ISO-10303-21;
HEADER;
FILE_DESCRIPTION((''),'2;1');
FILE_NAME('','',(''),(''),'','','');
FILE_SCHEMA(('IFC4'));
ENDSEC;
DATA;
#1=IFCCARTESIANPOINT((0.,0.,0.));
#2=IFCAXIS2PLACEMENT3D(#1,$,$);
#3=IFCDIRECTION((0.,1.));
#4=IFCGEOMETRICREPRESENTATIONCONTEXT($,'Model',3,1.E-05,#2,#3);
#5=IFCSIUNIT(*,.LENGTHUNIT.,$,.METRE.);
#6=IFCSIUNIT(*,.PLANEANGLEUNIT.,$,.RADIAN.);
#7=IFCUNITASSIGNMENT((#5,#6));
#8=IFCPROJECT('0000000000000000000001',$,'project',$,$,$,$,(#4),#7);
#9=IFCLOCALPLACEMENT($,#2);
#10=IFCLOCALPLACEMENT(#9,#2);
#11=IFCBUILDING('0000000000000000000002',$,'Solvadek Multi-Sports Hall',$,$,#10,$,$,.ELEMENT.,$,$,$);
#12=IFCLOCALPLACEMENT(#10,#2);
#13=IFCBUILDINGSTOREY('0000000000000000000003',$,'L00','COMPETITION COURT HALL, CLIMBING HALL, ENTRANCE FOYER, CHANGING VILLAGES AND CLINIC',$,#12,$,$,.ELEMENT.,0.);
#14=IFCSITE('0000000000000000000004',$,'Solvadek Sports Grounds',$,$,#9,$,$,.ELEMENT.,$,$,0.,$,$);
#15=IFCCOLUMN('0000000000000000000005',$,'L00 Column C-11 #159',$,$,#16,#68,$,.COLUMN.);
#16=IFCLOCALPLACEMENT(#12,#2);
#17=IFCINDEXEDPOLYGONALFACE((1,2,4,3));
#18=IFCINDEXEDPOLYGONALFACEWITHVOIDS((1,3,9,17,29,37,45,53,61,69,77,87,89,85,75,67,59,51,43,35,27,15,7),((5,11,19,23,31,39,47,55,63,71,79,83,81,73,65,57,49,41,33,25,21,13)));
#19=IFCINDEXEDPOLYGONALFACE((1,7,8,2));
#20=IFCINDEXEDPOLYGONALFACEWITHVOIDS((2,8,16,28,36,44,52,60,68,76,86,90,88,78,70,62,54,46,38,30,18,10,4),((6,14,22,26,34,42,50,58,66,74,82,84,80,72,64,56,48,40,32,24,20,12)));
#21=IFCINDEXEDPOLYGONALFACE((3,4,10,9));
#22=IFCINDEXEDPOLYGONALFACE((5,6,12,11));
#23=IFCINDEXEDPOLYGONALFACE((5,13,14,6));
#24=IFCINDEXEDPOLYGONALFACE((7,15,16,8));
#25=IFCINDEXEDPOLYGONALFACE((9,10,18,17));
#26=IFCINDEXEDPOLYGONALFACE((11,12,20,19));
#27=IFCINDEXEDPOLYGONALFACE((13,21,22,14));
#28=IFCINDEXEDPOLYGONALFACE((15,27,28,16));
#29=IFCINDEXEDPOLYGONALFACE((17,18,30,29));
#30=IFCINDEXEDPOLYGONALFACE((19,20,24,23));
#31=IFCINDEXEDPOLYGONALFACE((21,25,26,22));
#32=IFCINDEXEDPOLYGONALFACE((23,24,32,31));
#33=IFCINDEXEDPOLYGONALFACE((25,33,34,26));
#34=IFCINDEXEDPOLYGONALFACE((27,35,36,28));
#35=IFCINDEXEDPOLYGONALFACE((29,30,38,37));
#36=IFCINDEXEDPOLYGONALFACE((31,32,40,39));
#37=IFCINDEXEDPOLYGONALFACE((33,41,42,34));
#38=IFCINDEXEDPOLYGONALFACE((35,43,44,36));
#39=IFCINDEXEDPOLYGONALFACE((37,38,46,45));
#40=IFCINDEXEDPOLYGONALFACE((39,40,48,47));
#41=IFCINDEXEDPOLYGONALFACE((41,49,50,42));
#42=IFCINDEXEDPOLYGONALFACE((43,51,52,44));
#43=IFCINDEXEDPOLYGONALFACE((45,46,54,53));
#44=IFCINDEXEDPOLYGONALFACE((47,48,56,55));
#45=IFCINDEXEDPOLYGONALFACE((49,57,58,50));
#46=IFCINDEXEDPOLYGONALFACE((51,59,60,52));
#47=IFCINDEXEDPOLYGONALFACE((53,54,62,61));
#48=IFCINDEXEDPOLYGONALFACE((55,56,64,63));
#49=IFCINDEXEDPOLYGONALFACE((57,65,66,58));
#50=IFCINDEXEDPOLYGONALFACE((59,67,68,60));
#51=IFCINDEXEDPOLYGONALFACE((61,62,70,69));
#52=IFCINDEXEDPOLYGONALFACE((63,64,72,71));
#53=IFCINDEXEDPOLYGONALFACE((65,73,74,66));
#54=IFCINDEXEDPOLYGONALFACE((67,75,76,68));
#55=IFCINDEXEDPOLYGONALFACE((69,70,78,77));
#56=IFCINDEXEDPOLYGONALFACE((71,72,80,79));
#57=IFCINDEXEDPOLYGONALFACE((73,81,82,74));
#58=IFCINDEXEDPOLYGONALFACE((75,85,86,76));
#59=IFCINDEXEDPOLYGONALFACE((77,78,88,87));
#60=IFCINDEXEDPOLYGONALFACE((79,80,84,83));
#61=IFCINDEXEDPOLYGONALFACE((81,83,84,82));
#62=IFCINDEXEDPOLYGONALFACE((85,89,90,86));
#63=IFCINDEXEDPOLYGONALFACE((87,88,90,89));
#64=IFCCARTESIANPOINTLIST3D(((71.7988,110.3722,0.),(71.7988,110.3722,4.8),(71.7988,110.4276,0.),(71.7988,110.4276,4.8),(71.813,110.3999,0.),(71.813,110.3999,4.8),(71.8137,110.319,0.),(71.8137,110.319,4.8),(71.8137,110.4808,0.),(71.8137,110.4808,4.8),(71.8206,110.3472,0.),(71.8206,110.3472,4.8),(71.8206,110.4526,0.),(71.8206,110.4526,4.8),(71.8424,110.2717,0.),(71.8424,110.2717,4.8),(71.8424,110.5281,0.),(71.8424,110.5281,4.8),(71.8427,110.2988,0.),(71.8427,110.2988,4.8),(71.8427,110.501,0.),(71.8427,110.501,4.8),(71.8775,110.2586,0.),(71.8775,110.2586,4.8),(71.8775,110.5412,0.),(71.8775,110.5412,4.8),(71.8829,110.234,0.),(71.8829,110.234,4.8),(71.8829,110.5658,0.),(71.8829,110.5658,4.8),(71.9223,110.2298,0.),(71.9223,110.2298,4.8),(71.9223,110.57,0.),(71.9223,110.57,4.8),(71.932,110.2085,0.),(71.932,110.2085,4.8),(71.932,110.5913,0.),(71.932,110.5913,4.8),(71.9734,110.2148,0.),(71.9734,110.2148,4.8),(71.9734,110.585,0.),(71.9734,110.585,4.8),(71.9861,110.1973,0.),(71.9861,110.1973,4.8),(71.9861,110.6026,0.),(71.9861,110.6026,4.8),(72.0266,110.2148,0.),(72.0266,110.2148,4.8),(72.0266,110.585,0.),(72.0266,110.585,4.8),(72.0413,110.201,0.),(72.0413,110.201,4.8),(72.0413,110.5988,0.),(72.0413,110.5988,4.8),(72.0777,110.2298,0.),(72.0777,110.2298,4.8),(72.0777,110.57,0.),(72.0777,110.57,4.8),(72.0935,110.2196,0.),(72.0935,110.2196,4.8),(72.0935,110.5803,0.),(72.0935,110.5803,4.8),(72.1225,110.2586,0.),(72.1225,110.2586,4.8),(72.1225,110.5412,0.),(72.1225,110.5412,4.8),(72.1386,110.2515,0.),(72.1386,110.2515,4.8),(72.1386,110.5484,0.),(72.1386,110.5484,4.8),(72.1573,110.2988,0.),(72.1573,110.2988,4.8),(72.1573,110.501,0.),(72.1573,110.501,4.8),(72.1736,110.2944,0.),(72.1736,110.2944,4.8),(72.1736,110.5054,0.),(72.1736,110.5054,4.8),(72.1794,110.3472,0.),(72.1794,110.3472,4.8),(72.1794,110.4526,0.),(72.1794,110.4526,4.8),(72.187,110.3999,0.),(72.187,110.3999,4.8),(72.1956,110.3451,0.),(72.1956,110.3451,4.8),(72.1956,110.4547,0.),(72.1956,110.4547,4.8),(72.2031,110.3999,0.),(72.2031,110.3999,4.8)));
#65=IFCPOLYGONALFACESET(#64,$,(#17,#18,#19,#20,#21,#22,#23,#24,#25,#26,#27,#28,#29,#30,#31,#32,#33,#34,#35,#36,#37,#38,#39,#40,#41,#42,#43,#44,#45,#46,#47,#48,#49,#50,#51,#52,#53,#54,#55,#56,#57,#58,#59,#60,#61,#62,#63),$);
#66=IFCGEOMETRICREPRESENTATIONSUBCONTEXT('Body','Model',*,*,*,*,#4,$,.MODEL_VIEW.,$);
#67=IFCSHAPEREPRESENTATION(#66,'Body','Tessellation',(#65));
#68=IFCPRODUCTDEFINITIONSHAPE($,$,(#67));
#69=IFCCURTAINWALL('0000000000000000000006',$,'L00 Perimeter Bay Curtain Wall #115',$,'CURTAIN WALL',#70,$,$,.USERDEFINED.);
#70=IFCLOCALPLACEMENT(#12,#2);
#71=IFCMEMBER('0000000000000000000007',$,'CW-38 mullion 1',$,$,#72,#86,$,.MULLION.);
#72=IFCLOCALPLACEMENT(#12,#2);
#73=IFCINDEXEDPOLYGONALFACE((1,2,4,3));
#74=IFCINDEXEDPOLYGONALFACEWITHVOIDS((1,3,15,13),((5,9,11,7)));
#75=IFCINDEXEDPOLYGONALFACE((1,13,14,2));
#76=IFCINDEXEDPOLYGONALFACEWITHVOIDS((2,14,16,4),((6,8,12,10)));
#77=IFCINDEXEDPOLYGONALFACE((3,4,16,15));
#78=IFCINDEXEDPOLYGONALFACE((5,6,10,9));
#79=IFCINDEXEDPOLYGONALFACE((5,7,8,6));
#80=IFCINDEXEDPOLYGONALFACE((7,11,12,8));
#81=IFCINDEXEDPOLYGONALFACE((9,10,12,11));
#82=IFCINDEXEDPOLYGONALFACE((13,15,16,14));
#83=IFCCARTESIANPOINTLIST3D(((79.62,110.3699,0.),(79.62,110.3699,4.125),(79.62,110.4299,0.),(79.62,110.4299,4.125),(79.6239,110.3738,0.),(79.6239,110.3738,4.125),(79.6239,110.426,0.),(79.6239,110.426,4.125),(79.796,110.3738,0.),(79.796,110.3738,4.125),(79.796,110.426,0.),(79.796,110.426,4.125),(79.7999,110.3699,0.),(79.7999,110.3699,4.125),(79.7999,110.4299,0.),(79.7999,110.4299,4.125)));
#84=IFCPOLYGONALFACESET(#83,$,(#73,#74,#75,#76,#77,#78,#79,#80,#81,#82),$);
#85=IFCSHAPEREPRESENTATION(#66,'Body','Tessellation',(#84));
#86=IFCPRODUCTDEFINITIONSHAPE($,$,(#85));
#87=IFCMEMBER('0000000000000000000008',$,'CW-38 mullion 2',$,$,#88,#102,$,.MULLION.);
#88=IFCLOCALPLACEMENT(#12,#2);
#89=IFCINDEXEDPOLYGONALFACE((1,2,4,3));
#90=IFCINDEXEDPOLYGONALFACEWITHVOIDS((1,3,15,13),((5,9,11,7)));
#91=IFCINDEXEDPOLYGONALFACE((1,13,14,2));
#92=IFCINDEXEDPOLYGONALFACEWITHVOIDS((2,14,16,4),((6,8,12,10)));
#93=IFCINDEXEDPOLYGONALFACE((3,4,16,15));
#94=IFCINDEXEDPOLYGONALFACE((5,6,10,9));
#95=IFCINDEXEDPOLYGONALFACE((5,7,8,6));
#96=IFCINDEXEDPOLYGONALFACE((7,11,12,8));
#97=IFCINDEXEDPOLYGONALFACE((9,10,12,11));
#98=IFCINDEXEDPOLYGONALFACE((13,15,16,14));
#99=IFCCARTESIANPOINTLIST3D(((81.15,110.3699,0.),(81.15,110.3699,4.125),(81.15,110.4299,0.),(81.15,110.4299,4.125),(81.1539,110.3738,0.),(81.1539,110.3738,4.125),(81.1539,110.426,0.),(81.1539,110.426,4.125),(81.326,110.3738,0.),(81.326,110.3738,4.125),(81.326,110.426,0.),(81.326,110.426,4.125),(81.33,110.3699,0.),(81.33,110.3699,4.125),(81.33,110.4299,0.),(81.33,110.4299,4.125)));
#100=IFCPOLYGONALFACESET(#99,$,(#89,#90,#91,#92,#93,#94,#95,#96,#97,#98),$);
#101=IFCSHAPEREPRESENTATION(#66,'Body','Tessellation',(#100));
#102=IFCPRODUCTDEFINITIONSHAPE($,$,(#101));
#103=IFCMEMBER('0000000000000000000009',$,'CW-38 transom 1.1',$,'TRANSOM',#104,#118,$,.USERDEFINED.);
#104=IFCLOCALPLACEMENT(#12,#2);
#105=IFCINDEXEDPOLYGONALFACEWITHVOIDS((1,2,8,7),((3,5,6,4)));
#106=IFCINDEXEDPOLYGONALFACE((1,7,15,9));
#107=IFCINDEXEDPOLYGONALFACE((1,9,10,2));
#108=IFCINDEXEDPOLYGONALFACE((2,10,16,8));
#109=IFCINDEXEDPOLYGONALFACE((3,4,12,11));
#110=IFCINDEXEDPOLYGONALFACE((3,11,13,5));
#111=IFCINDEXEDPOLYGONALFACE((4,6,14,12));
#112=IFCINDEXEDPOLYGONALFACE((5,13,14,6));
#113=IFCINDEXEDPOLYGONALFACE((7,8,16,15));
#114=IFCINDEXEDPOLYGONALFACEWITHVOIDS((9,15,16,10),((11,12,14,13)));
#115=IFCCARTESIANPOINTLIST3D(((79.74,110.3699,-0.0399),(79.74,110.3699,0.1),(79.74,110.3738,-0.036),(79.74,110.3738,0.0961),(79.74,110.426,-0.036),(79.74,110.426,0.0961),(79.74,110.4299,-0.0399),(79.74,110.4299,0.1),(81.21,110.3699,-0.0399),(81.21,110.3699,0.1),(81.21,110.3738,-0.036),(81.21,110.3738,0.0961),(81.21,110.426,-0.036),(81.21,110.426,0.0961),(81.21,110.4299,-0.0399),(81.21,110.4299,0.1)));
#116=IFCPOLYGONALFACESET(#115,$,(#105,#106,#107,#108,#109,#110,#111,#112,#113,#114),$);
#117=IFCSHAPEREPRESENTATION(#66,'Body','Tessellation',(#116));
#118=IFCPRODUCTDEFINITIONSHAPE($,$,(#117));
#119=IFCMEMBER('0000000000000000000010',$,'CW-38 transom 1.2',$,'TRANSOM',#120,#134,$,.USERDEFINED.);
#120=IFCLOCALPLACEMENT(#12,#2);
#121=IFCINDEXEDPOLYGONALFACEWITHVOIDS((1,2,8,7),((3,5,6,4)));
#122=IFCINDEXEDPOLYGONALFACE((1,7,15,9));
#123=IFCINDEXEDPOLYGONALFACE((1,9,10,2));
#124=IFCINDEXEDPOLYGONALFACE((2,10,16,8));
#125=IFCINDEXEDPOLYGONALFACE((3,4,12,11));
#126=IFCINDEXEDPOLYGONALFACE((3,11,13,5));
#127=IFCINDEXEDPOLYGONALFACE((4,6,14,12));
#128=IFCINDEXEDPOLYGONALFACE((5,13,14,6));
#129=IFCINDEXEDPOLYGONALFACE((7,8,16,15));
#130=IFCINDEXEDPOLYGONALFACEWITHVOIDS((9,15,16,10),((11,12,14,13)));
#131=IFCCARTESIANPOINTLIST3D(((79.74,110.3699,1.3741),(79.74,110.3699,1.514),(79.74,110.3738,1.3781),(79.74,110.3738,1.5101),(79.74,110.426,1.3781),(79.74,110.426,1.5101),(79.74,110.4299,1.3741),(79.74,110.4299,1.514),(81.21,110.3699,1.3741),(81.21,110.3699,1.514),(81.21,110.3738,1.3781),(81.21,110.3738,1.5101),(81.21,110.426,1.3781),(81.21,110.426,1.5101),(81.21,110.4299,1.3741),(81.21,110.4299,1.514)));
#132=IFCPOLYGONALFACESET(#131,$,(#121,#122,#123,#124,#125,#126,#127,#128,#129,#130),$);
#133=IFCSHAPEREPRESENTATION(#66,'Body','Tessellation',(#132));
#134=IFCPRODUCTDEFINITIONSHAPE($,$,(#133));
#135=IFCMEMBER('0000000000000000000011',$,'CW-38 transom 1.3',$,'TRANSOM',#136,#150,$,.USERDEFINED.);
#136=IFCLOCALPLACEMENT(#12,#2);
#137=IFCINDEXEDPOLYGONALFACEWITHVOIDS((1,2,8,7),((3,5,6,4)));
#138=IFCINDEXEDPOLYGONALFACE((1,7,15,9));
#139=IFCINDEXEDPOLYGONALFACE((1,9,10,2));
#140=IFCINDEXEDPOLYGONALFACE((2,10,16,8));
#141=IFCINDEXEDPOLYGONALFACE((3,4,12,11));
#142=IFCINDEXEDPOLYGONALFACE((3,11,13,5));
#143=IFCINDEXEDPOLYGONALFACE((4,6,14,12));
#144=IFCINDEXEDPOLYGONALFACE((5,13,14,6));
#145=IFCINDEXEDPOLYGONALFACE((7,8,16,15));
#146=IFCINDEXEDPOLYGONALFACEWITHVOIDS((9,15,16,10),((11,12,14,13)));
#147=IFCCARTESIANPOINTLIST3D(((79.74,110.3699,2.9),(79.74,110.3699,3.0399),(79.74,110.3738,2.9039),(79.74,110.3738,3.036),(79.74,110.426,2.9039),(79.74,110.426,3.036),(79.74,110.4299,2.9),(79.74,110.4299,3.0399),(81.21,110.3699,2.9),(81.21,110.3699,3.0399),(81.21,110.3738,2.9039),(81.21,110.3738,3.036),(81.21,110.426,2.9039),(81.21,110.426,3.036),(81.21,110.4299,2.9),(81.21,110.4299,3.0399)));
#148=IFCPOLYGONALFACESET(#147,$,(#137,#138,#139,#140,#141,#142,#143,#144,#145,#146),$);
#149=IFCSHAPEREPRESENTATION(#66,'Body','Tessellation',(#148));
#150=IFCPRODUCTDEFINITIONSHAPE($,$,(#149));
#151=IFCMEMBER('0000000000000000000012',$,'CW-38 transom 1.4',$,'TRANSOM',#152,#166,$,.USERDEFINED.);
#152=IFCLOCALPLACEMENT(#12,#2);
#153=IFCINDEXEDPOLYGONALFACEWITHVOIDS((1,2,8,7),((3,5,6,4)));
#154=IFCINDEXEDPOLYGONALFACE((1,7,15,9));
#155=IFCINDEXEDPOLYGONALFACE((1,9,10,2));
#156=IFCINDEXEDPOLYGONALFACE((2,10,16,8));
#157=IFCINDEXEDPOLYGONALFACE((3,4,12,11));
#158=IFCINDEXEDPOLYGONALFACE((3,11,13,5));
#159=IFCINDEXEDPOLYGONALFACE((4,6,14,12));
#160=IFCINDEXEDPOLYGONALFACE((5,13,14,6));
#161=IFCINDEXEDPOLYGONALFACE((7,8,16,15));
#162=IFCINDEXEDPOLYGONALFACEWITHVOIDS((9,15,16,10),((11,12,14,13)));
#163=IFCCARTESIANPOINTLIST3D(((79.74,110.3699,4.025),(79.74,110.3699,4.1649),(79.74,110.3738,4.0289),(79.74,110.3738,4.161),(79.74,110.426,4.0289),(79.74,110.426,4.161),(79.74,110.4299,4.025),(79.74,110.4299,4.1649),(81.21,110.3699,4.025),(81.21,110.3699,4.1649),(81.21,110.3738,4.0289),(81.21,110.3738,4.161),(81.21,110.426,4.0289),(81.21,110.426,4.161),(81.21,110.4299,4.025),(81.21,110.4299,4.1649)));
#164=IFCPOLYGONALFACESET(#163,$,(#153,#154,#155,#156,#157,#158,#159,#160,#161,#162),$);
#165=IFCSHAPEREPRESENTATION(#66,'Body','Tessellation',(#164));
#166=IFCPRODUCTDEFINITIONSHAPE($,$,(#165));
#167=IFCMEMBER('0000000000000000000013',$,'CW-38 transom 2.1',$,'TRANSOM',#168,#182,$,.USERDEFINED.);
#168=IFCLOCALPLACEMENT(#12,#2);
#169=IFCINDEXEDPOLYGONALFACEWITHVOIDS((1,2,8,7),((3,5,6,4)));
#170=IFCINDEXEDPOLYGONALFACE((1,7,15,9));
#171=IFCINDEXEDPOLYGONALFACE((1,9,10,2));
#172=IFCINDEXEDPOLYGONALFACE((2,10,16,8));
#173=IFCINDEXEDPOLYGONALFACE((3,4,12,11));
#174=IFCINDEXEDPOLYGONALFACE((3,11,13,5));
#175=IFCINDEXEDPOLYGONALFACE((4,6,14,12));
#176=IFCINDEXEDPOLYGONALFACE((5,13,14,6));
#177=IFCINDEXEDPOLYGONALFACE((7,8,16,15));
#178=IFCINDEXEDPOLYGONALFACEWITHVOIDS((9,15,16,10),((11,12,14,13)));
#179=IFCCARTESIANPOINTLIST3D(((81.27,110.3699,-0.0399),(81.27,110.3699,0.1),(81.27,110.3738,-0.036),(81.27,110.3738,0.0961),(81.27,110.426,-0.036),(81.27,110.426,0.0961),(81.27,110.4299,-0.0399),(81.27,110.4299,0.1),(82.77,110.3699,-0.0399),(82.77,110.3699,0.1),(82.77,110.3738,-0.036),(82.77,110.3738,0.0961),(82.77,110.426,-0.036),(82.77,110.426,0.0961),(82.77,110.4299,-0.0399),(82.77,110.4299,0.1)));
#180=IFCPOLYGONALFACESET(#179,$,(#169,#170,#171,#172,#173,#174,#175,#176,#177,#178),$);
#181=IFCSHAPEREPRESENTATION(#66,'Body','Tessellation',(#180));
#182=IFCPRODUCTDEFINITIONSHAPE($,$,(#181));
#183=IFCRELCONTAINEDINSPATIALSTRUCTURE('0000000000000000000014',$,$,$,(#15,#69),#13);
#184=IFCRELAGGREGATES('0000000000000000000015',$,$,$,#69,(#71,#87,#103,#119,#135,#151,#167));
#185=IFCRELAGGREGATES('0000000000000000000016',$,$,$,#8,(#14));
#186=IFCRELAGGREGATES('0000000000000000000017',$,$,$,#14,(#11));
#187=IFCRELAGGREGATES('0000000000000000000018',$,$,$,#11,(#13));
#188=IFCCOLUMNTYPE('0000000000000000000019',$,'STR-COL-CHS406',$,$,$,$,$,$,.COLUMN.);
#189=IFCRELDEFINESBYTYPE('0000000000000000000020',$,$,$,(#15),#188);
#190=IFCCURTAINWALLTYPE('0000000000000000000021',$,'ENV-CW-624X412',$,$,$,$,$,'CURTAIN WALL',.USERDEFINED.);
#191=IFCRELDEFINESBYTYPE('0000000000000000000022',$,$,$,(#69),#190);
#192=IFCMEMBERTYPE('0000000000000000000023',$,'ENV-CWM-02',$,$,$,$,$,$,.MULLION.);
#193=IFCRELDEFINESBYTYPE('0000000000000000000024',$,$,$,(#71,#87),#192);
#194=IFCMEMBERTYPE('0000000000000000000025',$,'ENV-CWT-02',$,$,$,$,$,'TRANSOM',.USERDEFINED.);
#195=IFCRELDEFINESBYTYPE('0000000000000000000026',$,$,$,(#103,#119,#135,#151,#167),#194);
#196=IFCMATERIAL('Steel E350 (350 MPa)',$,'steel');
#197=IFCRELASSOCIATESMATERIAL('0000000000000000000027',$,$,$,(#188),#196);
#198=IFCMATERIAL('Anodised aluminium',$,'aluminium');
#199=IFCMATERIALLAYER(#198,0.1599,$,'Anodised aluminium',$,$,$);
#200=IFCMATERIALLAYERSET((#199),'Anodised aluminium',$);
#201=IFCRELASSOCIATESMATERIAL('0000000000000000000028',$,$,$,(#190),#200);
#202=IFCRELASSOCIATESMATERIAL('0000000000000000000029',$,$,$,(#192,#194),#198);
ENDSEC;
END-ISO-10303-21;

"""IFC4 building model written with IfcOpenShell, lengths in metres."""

from ifc_helpers import new_model, si_unit, direction, frame, origin, origin_2d, place, context, subcontext, project, spatial, hollow_rectangle, hollow_circle, extrude, material, layer, layer_set, material_profile, profile_set, type_object, element, aggregate, save


model = new_model("IFC4")

# Units and contexts
model_context = context("Model", 3, precision=1e-05, world=origin(), true_north=direction((0.0, 1.0)))
body_context = subcontext(model_context, "Body", "Model", "MODEL_VIEW")
ifc_project = project(units=[si_unit("LENGTHUNIT", "METRE"), si_unit("PLANEANGLEUNIT", "RADIAN")], contexts=[model_context])

# Site, building, storey
site_placement = place(None, origin())
site = spatial("IfcSite", under=ifc_project, at=site_placement, Name="Solvadek Sports Grounds", CompositionType="ELEMENT", RefElevation=0.0)
building_placement = place(site_placement, origin())
building = spatial("IfcBuilding", under=site, at=building_placement, Name="Solvadek Multi-Sports Hall", CompositionType="ELEMENT")
storey_placement = place(building_placement, origin())
storey = spatial("IfcBuildingStorey", under=building, at=storey_placement, Name="L00", Description="COMPETITION COURT HALL, CLIMBING HALL, ENTRANCE FOYER, CHANGING VILLAGES AND CLINIC", CompositionType="ELEMENT", Elevation=0.0)

# Column
ifc_material_1 = material(Name="Steel E350 (350 MPa)", Category="steel")
ifc_material_profile_1 = material_profile(ifc_material_1, hollow_circle(Radius=0.2031, WallThickness=0.0161, at=origin_2d()), Name="CHS 406.4x16")
ifc_profile_set_1 = profile_set([ifc_material_profile_1], Name="Steel E350 (350 MPa)")
column_type = type_object("IfcColumnType", Name="STR-COL-CHS406", PredefinedType="COLUMN", material=ifc_profile_set_1)
column_placement = place(storey_placement, frame((72.0, 110.3999, 0.0), z_axis=(0.0, 0.0, 1.0), x_axis=(1.0, 0.0, 0.0)))
element("IfcColumn", 1, at=column_placement, inside=storey, type_object=column_type, Name="L00 Column C-11 #159", PredefinedType="COLUMN", context=body_context, shape_type="SweptSolid", body=[
    extrude(hollow_circle(Radius=0.2031, WallThickness=0.0161, at=origin_2d()), origin(), (0.0, 0.0, 1.0), 4.8),
])

# Curtain wall, members
ifc_material_2 = material(Name="Anodised aluminium", Category="aluminium")
ifc_layer_1 = layer(ifc_material_2, 0.1599, Name="Anodised aluminium")
ifc_layer_set_1 = layer_set([ifc_layer_1], Name="Anodised aluminium")
curtain_wall_type = type_object("IfcCurtainWallType", Name="ENV-CW-624X412", ElementType="CURTAIN WALL", PredefinedType="USERDEFINED", material=ifc_layer_set_1)
curtain_wall_placement = place(storey_placement, origin())
curtain_wall = element("IfcCurtainWall", 2, at=curtain_wall_placement, inside=storey, type_object=curtain_wall_type, Name="L00 Perimeter Bay Curtain Wall #115", ObjectType="CURTAIN WALL", PredefinedType="USERDEFINED")
ifc_material_profile_2 = material_profile(ifc_material_2, hollow_rectangle(XDim=0.0601, YDim=0.1799, WallThickness=0.0039, at=origin_2d()), Name="ALU-M 180x60x4")
ifc_profile_set_2 = profile_set([ifc_material_profile_2], Name="Anodised aluminium")
member_type_1 = type_object("IfcMemberType", Name="ENV-CWM-02", PredefinedType="MULLION", material=ifc_profile_set_2)
member_1_placement = place(storey_placement, frame((79.71, 110.3999, 0.0), z_axis=(0.0, 0.0, 1.0), x_axis=(0.0, 1.0, 0.0)))
member_1 = element("IfcMember", 3, at=member_1_placement, type_object=member_type_1, Name="CW-38 mullion 1", PredefinedType="MULLION", context=body_context, shape_type="SweptSolid", body=[
    extrude(hollow_rectangle(XDim=0.0601, YDim=0.1799, WallThickness=0.0039, at=origin_2d()), origin(), (0.0, 0.0, 1.0), 4.125),
])
member_2_placement = place(storey_placement, frame((81.24, 110.3999, 0.0), z_axis=(0.0, 0.0, 1.0), x_axis=(0.0, 1.0, 0.0)))
member_2 = element("IfcMember", 4, at=member_2_placement, type_object=member_type_1, Name="CW-38 mullion 2", PredefinedType="MULLION", context=body_context, shape_type="SweptSolid", body=[
    extrude(hollow_rectangle(XDim=0.0601, YDim=0.1799, WallThickness=0.0039, at=origin_2d()), origin(), (0.0, 0.0, 1.0), 4.125),
])
ifc_material_profile_3 = material_profile(ifc_material_2, hollow_rectangle(XDim=0.0601, YDim=0.1399, WallThickness=0.0039, at=origin_2d()), Name="ALU-T 140x60x4")
ifc_profile_set_3 = profile_set([ifc_material_profile_3], Name="Anodised aluminium")
member_type_2 = type_object("IfcMemberType", Name="ENV-CWT-02", ElementType="TRANSOM", PredefinedType="USERDEFINED", material=ifc_profile_set_3)
member_3_placement = place(storey_placement, frame((79.74, 110.3999, 0.03), z_axis=(1.0, 0.0, 0.0), x_axis=(0.0, 1.0, 0.0)))
member_3 = element("IfcMember", 5, at=member_3_placement, type_object=member_type_2, Name="CW-38 transom 1.1", ObjectType="TRANSOM", PredefinedType="USERDEFINED", context=body_context, shape_type="SweptSolid", body=[
    extrude(hollow_rectangle(XDim=0.0601, YDim=0.1399, WallThickness=0.0039, at=origin_2d()), origin(), (0.0, 0.0, 1.0), 1.47),
])
member_4_placement = place(storey_placement, frame((79.74, 110.3999, 1.4441), z_axis=(1.0, 0.0, 0.0), x_axis=(0.0, 1.0, 0.0)))
member_4 = element("IfcMember", 6, at=member_4_placement, type_object=member_type_2, Name="CW-38 transom 1.2", ObjectType="TRANSOM", PredefinedType="USERDEFINED", context=body_context, shape_type="SweptSolid", body=[
    extrude(hollow_rectangle(XDim=0.0601, YDim=0.1399, WallThickness=0.0039, at=origin_2d()), origin(), (0.0, 0.0, 1.0), 1.47),
])
member_5_placement = place(storey_placement, frame((79.74, 110.3999, 2.97), z_axis=(1.0, 0.0, 0.0), x_axis=(0.0, 1.0, 0.0)))
member_5 = element("IfcMember", 7, at=member_5_placement, type_object=member_type_2, Name="CW-38 transom 1.3", ObjectType="TRANSOM", PredefinedType="USERDEFINED", context=body_context, shape_type="SweptSolid", body=[
    extrude(hollow_rectangle(XDim=0.0601, YDim=0.1399, WallThickness=0.0039, at=origin_2d()), origin(), (0.0, 0.0, 1.0), 1.47),
])
member_6_placement = place(storey_placement, frame((79.74, 110.3999, 4.095), z_axis=(1.0, 0.0, 0.0), x_axis=(0.0, 1.0, 0.0)))
member_6 = element("IfcMember", 8, at=member_6_placement, type_object=member_type_2, Name="CW-38 transom 1.4", ObjectType="TRANSOM", PredefinedType="USERDEFINED", context=body_context, shape_type="SweptSolid", body=[
    extrude(hollow_rectangle(XDim=0.0601, YDim=0.1399, WallThickness=0.0039, at=origin_2d()), origin(), (0.0, 0.0, 1.0), 1.47),
])
member_7_placement = place(storey_placement, frame((81.27, 110.3999, 0.03), z_axis=(1.0, 0.0, 0.0), x_axis=(0.0, 1.0, 0.0)))
member_7 = element("IfcMember", 9, at=member_7_placement, type_object=member_type_2, Name="CW-38 transom 2.1", ObjectType="TRANSOM", PredefinedType="USERDEFINED", context=body_context, shape_type="SweptSolid", body=[
    extrude(hollow_rectangle(XDim=0.0601, YDim=0.1399, WallThickness=0.0039, at=origin_2d()), origin(), (0.0, 0.0, 1.0), 1.5),
])

aggregate(curtain_wall, [member_1, member_2, member_3, member_4, member_5, member_6, member_7])

save(model, "model.ifc")
